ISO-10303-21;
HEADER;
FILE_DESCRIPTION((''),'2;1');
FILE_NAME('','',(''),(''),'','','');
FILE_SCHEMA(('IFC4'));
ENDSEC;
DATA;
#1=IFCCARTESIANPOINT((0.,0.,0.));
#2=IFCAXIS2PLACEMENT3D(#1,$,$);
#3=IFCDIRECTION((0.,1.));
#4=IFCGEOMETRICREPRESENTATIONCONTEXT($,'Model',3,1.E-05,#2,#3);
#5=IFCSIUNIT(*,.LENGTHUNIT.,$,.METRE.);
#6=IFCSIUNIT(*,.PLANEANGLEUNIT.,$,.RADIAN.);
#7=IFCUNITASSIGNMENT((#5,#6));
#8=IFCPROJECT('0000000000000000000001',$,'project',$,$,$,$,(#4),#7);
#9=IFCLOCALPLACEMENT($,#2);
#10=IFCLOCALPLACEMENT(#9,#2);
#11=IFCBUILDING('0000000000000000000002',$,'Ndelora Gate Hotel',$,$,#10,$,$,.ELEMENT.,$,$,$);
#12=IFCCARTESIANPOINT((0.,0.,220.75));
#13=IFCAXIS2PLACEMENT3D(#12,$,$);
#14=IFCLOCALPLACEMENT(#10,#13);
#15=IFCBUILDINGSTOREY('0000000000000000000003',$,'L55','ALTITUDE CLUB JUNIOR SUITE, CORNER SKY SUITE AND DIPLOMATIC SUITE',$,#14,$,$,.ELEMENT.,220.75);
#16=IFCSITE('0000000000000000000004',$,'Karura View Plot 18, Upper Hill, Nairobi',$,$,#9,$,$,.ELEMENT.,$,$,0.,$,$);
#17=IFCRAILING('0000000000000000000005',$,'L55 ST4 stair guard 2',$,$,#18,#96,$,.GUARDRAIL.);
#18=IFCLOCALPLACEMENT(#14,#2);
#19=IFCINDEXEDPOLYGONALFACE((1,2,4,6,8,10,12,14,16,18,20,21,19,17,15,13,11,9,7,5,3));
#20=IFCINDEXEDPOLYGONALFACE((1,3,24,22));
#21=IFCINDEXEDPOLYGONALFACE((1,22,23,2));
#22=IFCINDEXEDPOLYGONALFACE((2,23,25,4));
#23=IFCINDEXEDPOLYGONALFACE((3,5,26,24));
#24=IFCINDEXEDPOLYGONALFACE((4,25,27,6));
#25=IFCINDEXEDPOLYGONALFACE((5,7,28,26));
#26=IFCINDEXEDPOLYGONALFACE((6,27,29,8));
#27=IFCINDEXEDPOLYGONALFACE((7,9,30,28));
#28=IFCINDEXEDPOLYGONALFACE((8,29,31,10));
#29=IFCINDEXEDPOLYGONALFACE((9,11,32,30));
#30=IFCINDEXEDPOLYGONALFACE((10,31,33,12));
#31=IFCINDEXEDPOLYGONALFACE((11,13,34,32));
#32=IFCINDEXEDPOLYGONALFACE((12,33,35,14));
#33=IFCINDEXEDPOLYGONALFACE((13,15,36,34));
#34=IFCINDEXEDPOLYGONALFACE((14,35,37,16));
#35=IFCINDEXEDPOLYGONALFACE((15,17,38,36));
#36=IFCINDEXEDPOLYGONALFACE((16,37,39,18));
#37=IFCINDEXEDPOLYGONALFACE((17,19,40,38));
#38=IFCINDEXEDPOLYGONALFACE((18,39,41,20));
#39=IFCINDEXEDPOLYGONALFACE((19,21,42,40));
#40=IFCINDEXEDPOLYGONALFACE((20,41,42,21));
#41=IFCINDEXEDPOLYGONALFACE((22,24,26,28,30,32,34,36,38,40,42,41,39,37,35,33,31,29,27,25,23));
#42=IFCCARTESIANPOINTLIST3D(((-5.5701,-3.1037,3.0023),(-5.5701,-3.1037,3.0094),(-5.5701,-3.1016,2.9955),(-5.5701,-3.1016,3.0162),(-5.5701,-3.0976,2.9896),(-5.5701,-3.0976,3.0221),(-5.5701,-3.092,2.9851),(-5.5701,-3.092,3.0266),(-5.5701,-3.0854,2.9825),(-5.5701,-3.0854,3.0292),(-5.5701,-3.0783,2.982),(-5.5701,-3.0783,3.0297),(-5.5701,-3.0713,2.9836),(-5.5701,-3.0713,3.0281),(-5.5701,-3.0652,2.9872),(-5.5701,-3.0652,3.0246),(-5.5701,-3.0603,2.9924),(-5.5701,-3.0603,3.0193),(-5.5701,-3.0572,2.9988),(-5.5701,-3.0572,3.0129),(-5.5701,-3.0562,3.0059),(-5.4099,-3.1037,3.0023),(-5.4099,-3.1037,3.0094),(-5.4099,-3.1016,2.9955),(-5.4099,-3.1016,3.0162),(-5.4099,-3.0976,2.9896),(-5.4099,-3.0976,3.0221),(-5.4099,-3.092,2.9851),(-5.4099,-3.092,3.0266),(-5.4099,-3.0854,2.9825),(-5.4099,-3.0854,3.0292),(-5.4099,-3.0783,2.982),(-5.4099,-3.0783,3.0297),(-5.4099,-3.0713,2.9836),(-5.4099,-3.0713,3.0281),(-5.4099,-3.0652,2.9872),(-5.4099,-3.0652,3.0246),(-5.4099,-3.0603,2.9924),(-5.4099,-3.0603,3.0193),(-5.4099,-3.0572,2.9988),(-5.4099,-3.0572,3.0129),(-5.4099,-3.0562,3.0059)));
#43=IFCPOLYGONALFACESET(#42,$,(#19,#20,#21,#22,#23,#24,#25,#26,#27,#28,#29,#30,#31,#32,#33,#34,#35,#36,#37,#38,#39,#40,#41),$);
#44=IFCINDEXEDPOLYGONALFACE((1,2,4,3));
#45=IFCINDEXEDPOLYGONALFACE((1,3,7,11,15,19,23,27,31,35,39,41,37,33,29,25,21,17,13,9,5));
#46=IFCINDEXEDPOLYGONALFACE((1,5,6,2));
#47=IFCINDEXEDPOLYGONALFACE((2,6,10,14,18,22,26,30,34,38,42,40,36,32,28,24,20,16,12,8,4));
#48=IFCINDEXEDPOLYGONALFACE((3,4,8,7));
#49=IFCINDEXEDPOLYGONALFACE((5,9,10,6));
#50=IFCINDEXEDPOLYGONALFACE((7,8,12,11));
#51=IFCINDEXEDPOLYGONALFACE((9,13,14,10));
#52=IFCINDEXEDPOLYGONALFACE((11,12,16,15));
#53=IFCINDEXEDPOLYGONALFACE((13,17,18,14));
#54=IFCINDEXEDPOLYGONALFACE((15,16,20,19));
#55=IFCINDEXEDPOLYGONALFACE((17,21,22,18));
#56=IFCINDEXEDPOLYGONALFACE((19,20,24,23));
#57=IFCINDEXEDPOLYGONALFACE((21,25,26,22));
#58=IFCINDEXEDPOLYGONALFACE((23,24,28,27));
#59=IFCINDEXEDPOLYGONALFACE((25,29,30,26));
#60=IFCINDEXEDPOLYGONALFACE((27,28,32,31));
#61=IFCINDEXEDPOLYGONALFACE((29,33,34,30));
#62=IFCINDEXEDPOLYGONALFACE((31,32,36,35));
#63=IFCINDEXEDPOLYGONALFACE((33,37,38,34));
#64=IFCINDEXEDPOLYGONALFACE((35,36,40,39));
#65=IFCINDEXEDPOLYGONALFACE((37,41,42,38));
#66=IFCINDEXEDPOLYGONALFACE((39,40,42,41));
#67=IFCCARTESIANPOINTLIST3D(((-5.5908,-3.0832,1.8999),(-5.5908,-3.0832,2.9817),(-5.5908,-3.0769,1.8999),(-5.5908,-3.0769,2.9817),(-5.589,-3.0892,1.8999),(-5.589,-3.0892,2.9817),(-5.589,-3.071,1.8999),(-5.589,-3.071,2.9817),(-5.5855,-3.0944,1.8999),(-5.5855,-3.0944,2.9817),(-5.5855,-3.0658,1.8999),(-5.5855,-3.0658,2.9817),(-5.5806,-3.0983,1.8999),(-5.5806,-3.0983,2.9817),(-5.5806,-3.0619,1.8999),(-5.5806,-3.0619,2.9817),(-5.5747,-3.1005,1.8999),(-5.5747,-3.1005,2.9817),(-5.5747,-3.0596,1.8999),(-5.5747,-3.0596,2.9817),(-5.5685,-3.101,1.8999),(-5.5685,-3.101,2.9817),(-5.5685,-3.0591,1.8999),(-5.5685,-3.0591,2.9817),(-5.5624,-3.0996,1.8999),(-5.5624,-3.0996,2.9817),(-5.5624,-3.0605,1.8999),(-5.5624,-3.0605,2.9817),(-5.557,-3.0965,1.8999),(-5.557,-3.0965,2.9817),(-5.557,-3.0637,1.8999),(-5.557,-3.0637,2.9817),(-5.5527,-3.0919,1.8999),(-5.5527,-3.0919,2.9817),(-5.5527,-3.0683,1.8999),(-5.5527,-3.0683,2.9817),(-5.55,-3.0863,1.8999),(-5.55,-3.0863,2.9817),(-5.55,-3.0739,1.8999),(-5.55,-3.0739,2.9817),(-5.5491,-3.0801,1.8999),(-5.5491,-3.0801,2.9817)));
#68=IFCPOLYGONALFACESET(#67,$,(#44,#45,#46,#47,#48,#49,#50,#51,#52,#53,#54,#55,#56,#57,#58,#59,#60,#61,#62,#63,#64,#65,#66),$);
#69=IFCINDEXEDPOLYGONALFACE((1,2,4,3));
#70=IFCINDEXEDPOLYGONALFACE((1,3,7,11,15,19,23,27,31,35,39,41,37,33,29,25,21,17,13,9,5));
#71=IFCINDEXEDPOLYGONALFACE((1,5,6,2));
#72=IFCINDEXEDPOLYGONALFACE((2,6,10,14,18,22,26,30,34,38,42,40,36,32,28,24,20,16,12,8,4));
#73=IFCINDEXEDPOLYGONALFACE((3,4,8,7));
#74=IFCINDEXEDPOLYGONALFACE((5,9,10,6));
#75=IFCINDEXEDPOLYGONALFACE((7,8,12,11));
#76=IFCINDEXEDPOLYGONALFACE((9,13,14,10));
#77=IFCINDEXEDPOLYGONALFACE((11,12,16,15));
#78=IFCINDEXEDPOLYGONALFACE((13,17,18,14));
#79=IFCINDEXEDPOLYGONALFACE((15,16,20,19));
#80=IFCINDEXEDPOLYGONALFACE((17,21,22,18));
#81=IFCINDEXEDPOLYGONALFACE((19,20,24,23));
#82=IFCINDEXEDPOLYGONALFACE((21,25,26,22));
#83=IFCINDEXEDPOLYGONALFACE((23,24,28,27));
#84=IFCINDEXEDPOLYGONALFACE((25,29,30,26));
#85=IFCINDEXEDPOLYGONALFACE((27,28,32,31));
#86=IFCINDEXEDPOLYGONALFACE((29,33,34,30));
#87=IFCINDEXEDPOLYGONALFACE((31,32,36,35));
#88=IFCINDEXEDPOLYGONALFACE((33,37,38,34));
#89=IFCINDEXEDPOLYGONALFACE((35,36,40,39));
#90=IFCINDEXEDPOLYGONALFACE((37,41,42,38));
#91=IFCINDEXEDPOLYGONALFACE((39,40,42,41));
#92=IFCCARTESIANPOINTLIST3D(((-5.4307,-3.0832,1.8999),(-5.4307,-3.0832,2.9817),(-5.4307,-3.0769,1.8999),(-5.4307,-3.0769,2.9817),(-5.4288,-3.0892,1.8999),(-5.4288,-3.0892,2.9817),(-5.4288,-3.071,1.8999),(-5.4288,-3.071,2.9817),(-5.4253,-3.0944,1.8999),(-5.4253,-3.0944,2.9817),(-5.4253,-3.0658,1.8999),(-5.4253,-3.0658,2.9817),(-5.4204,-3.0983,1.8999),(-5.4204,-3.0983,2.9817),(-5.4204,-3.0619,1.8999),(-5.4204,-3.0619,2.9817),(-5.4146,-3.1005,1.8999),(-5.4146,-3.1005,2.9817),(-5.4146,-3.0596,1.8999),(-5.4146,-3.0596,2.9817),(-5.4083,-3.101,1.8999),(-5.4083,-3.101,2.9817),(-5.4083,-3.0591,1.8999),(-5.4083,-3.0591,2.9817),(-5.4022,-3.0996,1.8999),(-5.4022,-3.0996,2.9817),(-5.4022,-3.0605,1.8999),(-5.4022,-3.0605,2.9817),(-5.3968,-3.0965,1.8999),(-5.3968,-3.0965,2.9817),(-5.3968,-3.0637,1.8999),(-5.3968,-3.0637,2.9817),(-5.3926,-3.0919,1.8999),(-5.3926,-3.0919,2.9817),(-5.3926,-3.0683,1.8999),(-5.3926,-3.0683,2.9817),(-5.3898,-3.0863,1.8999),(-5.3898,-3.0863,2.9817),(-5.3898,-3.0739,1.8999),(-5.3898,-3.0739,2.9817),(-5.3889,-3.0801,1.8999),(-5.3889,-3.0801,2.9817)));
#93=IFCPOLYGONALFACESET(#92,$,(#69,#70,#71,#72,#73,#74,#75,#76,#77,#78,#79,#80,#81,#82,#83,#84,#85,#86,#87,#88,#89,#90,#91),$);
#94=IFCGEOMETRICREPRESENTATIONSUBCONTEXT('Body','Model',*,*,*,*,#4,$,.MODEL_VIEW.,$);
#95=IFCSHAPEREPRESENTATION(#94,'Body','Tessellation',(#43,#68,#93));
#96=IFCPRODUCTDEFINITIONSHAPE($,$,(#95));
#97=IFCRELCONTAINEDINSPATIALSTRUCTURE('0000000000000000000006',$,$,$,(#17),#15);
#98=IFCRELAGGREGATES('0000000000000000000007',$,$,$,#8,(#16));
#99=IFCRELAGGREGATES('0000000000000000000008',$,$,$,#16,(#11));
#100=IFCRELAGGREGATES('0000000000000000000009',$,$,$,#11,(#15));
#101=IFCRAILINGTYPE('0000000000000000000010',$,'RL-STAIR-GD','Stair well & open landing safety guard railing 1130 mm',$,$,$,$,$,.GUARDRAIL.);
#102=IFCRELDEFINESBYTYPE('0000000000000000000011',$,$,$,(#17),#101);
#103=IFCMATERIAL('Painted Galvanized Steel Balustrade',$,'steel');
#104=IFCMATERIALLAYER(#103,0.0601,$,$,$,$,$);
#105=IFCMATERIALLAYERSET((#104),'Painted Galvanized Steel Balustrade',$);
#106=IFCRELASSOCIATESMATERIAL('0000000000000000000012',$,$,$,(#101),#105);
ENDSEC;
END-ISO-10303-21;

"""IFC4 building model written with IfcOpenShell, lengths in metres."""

from ifc_helpers import new_model, si_unit, direction, frame, origin, origin_2d, place, context, subcontext, project, spatial, circle, extrude, material, layer, layer_set, type_object, element, save


model = new_model("IFC4")

# Units and contexts
model_context = context("Model", 3, precision=1e-05, world=origin(), true_north=direction((0.0, 1.0)))
body_context = subcontext(model_context, "Body", "Model", "MODEL_VIEW")
ifc_project = project(units=[si_unit("LENGTHUNIT", "METRE"), si_unit("PLANEANGLEUNIT", "RADIAN")], contexts=[model_context])

# Site, building, storey
site_placement = place(None, origin())
site = spatial("IfcSite", under=ifc_project, at=site_placement, Name="Karura View Plot 18, Upper Hill, Nairobi", CompositionType="ELEMENT", RefElevation=0.0)
building_placement = place(site_placement, origin())
building = spatial("IfcBuilding", under=site, at=building_placement, Name="Ndelora Gate Hotel", CompositionType="ELEMENT")
storey_placement = place(building_placement, frame((0.0, 0.0, 220.75)))
storey = spatial("IfcBuildingStorey", under=building, at=storey_placement, Name="L55", Description="ALTITUDE CLUB JUNIOR SUITE, CORNER SKY SUITE AND DIPLOMATIC SUITE", CompositionType="ELEMENT", Elevation=220.75)

# Railing
ifc_material_1 = material(Name="Painted Galvanized Steel Balustrade", Category="steel")
ifc_layer_1 = layer(ifc_material_1, 0.0601)
ifc_layer_set_1 = layer_set([ifc_layer_1], Name="Painted Galvanized Steel Balustrade")
railing_type_1 = type_object("IfcRailingType", Name="RL-STAIR-GD", Description="Stair well & open landing safety guard railing 1130 mm", PredefinedType="GUARDRAIL", material=ifc_layer_set_1)
railing_1_placement = place(storey_placement, frame((-5.5701, -3.0801, 1.8999)))
element("IfcRailing", 1, at=railing_1_placement, inside=storey, type_object=railing_type_1, Name="L55 ST4 stair guard 2", PredefinedType="GUARDRAIL", context=body_context, shape_type="SweptSolid", body=[
    extrude(circle(Radius=0.0239, at=origin_2d()), frame((0.0, 0.0, 1.106), z_axis=(1.0, 0.0, 0.0), x_axis=(0.0, 1.0, 0.0)), (0.0, 0.0, 1.0), 0.1602),
    extrude(circle(Radius=0.021, at=origin_2d()), origin(), (0.0, 0.0, 1.0), 1.0818),
    extrude(circle(Radius=0.021, at=origin_2d()), frame((0.1602, 0.0, 0.0)), (0.0, 0.0, 1.0), 1.0818),
])

save(model, "model.ifc")
